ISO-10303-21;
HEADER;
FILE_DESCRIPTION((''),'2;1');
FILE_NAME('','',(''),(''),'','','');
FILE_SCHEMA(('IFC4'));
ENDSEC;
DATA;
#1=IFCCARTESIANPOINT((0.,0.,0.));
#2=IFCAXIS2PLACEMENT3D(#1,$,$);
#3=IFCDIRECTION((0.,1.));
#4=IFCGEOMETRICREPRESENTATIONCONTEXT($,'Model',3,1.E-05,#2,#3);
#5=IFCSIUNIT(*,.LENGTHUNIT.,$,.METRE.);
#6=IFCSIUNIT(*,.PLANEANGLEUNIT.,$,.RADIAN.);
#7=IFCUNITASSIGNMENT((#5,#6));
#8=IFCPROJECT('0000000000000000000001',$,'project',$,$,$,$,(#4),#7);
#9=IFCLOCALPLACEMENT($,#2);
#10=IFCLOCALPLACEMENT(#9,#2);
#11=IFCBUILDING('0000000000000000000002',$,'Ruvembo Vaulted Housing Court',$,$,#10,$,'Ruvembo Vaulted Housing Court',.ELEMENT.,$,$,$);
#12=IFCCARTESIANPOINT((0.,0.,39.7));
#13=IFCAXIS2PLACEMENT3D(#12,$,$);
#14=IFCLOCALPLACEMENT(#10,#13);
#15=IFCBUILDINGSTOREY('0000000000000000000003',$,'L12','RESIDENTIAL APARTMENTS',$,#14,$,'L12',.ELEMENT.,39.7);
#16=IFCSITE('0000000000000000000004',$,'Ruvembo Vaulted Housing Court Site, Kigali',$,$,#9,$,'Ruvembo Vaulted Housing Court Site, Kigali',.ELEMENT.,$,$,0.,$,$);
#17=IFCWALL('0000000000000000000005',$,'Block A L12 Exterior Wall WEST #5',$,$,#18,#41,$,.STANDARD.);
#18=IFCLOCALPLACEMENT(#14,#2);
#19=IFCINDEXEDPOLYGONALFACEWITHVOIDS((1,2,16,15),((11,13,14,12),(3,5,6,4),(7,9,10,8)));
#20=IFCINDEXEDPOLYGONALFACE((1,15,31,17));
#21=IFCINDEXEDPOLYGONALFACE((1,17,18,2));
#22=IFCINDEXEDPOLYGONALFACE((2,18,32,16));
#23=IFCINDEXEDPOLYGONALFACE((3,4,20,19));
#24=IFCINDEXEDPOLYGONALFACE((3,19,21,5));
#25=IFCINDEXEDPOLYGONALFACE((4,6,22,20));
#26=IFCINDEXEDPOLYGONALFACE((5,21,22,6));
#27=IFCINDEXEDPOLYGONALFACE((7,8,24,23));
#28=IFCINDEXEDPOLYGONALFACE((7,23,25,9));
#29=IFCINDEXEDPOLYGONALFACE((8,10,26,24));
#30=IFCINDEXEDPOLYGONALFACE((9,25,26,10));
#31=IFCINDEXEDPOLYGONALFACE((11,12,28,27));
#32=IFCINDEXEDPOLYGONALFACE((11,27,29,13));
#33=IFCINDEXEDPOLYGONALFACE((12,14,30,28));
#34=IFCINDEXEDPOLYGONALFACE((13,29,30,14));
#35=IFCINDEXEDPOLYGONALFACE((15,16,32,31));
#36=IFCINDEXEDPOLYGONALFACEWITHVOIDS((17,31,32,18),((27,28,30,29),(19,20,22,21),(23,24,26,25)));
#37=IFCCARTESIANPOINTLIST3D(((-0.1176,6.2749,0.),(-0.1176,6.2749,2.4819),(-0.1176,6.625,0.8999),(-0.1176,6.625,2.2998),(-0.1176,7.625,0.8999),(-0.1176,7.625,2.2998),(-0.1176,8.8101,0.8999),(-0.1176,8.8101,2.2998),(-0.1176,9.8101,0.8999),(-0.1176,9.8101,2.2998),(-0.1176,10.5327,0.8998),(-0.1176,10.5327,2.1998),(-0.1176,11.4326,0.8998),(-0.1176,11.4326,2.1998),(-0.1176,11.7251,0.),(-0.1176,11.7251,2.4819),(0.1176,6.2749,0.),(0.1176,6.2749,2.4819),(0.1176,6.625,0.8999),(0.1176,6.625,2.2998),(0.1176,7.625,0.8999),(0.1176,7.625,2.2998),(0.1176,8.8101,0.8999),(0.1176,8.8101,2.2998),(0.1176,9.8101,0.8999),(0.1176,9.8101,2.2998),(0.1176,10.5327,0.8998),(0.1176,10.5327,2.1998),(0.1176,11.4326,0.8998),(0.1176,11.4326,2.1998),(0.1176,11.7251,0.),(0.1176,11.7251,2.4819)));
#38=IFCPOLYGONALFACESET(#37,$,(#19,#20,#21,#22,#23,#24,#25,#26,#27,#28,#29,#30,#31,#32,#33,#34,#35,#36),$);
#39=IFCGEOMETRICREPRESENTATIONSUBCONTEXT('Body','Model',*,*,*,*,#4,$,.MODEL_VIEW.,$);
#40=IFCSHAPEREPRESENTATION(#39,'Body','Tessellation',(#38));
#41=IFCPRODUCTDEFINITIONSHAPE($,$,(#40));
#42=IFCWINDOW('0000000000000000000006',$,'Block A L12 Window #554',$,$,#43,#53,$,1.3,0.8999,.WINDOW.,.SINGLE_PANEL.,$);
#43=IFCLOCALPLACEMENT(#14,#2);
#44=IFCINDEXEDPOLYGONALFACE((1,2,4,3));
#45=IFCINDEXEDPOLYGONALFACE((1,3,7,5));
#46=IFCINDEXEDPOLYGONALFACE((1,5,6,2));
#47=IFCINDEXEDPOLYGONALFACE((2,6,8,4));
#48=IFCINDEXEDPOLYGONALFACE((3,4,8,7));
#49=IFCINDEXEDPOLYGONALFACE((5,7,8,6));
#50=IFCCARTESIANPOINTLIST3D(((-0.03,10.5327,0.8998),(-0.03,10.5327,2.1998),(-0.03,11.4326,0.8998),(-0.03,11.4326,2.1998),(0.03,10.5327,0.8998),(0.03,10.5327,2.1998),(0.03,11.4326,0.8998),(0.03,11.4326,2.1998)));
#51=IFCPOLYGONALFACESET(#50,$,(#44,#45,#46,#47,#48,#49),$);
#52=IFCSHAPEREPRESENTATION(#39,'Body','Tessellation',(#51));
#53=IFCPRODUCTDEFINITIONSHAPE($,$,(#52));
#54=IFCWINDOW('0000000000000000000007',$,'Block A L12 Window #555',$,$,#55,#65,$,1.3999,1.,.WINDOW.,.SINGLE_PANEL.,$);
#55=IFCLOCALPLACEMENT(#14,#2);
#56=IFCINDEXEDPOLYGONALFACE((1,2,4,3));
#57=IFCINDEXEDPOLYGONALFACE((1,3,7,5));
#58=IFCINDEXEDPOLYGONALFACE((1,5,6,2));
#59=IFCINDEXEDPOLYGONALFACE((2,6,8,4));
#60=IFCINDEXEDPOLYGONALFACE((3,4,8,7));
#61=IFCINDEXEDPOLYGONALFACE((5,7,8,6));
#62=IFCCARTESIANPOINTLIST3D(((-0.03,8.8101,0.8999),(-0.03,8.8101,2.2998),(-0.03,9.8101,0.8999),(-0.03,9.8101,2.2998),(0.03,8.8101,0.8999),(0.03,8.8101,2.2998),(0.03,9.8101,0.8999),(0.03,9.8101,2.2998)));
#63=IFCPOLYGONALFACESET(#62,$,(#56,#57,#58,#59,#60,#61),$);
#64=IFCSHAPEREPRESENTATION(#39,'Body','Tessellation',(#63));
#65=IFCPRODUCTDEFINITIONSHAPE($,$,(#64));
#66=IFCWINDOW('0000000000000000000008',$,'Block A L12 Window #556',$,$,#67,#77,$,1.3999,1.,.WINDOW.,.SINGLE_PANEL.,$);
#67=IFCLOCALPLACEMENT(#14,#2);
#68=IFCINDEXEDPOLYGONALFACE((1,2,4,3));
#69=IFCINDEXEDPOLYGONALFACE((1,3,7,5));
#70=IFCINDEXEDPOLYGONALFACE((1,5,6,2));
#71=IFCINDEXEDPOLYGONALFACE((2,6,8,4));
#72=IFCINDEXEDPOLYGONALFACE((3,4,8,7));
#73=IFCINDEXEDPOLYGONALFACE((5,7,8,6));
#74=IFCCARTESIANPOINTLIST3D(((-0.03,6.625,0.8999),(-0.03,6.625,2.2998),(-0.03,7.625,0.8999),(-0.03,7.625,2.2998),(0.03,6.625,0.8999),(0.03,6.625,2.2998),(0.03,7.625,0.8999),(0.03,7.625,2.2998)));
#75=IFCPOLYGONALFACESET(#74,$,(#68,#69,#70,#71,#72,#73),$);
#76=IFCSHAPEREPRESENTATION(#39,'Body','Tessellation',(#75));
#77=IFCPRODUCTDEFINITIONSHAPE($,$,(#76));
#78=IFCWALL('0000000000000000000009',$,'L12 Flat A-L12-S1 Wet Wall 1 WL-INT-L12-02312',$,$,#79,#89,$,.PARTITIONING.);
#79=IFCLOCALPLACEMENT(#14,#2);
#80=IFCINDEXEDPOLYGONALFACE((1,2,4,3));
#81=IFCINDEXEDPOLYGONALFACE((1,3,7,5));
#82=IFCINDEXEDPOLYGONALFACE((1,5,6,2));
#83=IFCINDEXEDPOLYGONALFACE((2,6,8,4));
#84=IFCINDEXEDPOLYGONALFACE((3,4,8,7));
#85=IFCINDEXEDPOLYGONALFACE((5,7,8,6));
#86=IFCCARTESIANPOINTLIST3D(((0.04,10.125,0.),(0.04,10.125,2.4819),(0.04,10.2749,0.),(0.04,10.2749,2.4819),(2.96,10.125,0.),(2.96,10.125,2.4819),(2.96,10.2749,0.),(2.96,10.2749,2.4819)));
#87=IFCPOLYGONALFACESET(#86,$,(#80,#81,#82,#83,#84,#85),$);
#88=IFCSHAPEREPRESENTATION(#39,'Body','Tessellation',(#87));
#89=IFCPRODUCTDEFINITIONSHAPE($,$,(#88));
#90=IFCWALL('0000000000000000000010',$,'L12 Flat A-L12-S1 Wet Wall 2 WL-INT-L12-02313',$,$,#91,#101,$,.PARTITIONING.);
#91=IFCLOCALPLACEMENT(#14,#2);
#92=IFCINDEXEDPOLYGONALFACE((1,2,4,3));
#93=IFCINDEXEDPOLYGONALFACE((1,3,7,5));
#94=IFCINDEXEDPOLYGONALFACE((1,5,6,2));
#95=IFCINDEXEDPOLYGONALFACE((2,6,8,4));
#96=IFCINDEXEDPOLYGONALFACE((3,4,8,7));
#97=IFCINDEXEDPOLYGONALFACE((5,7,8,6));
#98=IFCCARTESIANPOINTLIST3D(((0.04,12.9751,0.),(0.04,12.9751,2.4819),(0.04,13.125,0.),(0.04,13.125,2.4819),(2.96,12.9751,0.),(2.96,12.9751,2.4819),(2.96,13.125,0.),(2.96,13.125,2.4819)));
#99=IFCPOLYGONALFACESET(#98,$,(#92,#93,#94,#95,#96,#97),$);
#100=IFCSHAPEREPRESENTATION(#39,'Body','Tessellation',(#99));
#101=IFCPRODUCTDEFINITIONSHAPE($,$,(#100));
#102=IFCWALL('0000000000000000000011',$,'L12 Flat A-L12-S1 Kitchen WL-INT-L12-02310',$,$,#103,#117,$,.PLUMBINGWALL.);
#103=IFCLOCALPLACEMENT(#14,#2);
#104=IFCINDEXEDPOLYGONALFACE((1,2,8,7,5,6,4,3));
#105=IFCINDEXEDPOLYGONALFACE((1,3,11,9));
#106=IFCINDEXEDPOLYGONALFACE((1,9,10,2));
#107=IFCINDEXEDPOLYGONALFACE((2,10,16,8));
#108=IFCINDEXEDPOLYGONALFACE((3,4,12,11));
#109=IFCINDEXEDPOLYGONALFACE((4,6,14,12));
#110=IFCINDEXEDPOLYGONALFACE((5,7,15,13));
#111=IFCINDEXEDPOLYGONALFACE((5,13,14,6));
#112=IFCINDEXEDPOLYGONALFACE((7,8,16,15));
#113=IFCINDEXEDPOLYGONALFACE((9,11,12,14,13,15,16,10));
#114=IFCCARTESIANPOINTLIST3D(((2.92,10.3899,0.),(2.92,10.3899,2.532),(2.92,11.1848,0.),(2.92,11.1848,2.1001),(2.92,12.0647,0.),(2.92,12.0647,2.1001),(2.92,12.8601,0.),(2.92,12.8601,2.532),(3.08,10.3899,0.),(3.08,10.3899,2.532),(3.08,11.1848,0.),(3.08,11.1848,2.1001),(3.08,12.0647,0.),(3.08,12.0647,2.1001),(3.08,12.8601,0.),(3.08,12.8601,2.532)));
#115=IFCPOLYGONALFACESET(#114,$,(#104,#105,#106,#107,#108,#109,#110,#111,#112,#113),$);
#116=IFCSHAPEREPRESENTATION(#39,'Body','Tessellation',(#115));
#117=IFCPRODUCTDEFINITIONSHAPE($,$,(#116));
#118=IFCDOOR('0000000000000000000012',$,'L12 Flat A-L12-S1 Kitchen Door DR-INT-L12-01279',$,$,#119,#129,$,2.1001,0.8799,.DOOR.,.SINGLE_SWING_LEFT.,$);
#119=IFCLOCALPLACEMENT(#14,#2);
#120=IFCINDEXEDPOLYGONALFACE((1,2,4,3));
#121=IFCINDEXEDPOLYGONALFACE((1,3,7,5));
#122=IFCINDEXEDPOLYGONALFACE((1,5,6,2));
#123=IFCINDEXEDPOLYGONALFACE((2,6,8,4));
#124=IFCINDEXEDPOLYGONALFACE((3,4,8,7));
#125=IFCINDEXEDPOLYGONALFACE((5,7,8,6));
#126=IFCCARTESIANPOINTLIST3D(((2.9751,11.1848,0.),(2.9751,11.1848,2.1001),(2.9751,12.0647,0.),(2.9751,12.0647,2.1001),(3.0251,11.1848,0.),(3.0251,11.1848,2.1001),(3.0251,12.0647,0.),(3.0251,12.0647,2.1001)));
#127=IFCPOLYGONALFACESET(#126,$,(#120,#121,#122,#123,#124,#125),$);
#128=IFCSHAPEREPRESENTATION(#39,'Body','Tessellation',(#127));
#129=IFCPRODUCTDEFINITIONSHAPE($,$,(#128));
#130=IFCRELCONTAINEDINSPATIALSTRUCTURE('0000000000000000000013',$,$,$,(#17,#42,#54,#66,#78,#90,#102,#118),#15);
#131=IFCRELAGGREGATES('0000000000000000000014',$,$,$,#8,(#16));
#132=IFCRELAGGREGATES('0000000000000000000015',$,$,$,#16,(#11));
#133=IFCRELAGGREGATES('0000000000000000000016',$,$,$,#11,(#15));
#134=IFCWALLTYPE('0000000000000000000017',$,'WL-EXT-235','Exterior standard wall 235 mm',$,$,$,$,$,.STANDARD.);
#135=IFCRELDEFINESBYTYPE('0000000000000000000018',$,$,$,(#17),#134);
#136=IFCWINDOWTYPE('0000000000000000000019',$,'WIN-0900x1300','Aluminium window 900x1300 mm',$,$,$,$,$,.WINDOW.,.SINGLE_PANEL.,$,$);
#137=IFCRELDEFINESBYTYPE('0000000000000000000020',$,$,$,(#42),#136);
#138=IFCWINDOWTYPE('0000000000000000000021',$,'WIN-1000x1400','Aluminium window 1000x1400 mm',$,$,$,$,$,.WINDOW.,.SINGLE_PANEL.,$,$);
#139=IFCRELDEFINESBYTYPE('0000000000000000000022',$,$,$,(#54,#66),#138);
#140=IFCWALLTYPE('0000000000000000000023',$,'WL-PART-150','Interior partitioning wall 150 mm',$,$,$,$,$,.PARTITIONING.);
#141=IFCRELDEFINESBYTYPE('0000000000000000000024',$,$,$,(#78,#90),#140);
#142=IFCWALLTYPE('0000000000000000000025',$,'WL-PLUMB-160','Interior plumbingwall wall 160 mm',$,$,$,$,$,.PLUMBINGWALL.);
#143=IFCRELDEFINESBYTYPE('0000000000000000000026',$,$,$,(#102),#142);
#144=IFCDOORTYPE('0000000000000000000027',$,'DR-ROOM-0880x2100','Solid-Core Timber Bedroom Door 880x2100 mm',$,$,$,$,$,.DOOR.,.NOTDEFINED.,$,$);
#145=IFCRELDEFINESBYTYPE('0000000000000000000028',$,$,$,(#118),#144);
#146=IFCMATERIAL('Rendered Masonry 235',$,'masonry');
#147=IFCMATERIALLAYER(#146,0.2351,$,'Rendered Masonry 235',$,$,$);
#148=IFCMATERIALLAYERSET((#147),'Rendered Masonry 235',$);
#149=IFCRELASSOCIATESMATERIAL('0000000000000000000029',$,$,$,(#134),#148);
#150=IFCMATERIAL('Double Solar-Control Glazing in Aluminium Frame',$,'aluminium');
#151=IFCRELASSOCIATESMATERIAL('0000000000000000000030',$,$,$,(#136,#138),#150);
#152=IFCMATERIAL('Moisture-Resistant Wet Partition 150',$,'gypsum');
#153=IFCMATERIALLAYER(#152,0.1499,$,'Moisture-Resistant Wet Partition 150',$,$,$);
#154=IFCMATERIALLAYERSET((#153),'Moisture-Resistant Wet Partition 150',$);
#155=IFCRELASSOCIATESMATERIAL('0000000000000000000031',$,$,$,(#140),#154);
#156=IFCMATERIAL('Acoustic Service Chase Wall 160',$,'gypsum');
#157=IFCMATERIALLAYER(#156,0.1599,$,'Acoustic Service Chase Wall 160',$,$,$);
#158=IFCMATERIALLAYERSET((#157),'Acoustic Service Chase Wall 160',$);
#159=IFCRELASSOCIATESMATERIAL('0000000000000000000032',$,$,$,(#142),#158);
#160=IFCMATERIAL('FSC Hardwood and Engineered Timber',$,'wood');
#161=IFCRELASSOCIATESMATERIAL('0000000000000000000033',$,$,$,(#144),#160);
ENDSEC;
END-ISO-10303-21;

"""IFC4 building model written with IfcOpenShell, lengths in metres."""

from ifc_helpers import new_model, si_unit, direction, frame, frame_2d, origin, place, context, subcontext, project, spatial, rectangle, extrude, material, layer, layer_set, type_object, element, fill, save


model = new_model("IFC4")

# Units and contexts
model_context = context("Model", 3, precision=1e-05, world=origin(), true_north=direction((0.0, 1.0)))
body_context = subcontext(model_context, "Body", "Model", "MODEL_VIEW")
ifc_project = project(units=[si_unit("LENGTHUNIT", "METRE"), si_unit("PLANEANGLEUNIT", "RADIAN")], contexts=[model_context])

# Site, building, storey
site_placement = place(None, origin())
site = spatial("IfcSite", under=ifc_project, at=site_placement, Name="Ruvembo Vaulted Housing Court Site, Kigali", LongName="Ruvembo Vaulted Housing Court Site, Kigali", CompositionType="ELEMENT", RefElevation=0.0)
building_placement = place(site_placement, origin())
building = spatial("IfcBuilding", under=site, at=building_placement, Name="Ruvembo Vaulted Housing Court", LongName="Ruvembo Vaulted Housing Court", CompositionType="ELEMENT")
storey_placement = place(building_placement, frame((0.0, 0.0, 39.7)))
storey = spatial("IfcBuildingStorey", under=building, at=storey_placement, Name="L12", Description="RESIDENTIAL APARTMENTS", LongName="L12", CompositionType="ELEMENT", Elevation=39.7)

# Wall, openings, windows
ifc_material_1 = material(Name="Rendered Masonry 235", Category="masonry")
ifc_layer_1 = layer(ifc_material_1, 0.2351, Name="Rendered Masonry 235")
ifc_layer_set_1 = layer_set([ifc_layer_1], Name="Rendered Masonry 235")
wall_type_1 = type_object("IfcWallType", Name="WL-EXT-235", Description="Exterior standard wall 235 mm", PredefinedType="STANDARD", material=ifc_layer_set_1)
ifc_material_2 = material(Name="Double Solar-Control Glazing in Aluminium Frame", Category="aluminium")
wall_1_placement = place(storey_placement, frame((0.0, 11.7251, 0.0), z_axis=(0.0, 0.0, 1.0), x_axis=(0.0, -1.0, 0.0)))
wall_1 = element("IfcWall", 1, at=wall_1_placement, inside=storey, type_object=wall_type_1, Name="Block A L12 Exterior Wall WEST #5", PredefinedType="STANDARD", context=body_context, shape_type="SweptSolid", body=[
    extrude(rectangle(XDim=5.4502, YDim=0.2351, at=frame_2d((2.7251, 0.0))), origin(), (0.0, 0.0, 1.0), 2.4819),
])
opening_1_placement = place(wall_1_placement, frame((0.2925, 0.0, 0.8999)))
opening_1 = element("IfcOpeningElement", 2, at=opening_1_placement, cuts=wall_1, PredefinedType="OPENING", context=body_context, shape_type="SweptSolid", body=[
    extrude(rectangle(XDim=0.8999, YDim=1.3, at=frame_2d((0.45, 0.6499))), frame((0.0, 0.1274, 0.0), z_axis=(0.0, -1.0, 0.0), x_axis=(1.0, 0.0, 0.0)), (0.0, 0.0, 1.0), 0.2551),
])
opening_2_placement = place(wall_1_placement, frame((1.915, 0.0, 0.8999)))
opening_2 = element("IfcOpeningElement", 3, at=opening_2_placement, cuts=wall_1, PredefinedType="OPENING", context=body_context, shape_type="SweptSolid", body=[
    extrude(rectangle(XDim=1.0, YDim=1.3999, at=frame_2d((0.5, 0.7))), frame((0.0, 0.1274, 0.0), z_axis=(0.0, -1.0, 0.0), x_axis=(1.0, 0.0, 0.0)), (0.0, 0.0, 1.0), 0.2551),
])
opening_3_placement = place(wall_1_placement, frame((4.1001, 0.0, 0.8999)))
opening_3 = element("IfcOpeningElement", 4, at=opening_3_placement, cuts=wall_1, PredefinedType="OPENING", context=body_context, shape_type="SweptSolid", body=[
    extrude(rectangle(XDim=1.0, YDim=1.3999, at=frame_2d((0.5, 0.7))), frame((0.0, 0.1274, 0.0), z_axis=(0.0, -1.0, 0.0), x_axis=(1.0, 0.0, 0.0)), (0.0, 0.0, 1.0), 0.2551),
])
window_type_1 = type_object("IfcWindowType", Name="WIN-0900x1300", Description="Aluminium window 900x1300 mm", PartitioningType="SINGLE_PANEL", PredefinedType="WINDOW", material=ifc_material_2)
window_1_placement = place(opening_1_placement, origin())
window_1 = element("IfcWindow", 5, at=window_1_placement, inside=storey, type_object=window_type_1, Name="Block A L12 Window #554", OverallHeight=1.3, OverallWidth=0.8999, PartitioningType="SINGLE_PANEL", PredefinedType="WINDOW", context=body_context, shape_type="SweptSolid", body=[
    extrude(rectangle(XDim=0.8999, YDim=1.3, at=frame_2d((0.45, 0.6499))), frame((0.0, 0.03, 0.0), z_axis=(0.0, -1.0, 0.0), x_axis=(1.0, 0.0, 0.0)), (0.0, 0.0, 1.0), 0.0601),
])
fill(opening_1, window_1)
window_type_2 = type_object("IfcWindowType", Name="WIN-1000x1400", Description="Aluminium window 1000x1400 mm", PartitioningType="SINGLE_PANEL", PredefinedType="WINDOW", material=ifc_material_2)
window_2_placement = place(opening_2_placement, origin())
window_2 = element("IfcWindow", 6, at=window_2_placement, inside=storey, type_object=window_type_2, Name="Block A L12 Window #555", OverallHeight=1.3999, OverallWidth=1.0, PartitioningType="SINGLE_PANEL", PredefinedType="WINDOW", context=body_context, shape_type="SweptSolid", body=[
    extrude(rectangle(XDim=1.0, YDim=1.3999, at=frame_2d((0.5, 0.7))), frame((0.0, 0.03, 0.0), z_axis=(0.0, -1.0, 0.0), x_axis=(1.0, 0.0, 0.0)), (0.0, 0.0, 1.0), 0.0601),
])
fill(opening_2, window_2)
window_3_placement = place(opening_3_placement, origin())
window_3 = element("IfcWindow", 7, at=window_3_placement, inside=storey, type_object=window_type_2, Name="Block A L12 Window #556", OverallHeight=1.3999, OverallWidth=1.0, PartitioningType="SINGLE_PANEL", PredefinedType="WINDOW", context=body_context, shape_type="SweptSolid", body=[
    extrude(rectangle(XDim=1.0, YDim=1.3999, at=frame_2d((0.5, 0.7))), frame((0.0, 0.03, 0.0), z_axis=(0.0, -1.0, 0.0), x_axis=(1.0, 0.0, 0.0)), (0.0, 0.0, 1.0), 0.0601),
])
fill(opening_3, window_3)

# Walls
ifc_material_3 = material(Name="Moisture-Resistant Wet Partition 150", Category="gypsum")
ifc_layer_2 = layer(ifc_material_3, 0.1499, Name="Moisture-Resistant Wet Partition 150")
ifc_layer_set_2 = layer_set([ifc_layer_2], Name="Moisture-Resistant Wet Partition 150")
wall_type_2 = type_object("IfcWallType", Name="WL-PART-150", Description="Interior partitioning wall 150 mm", PredefinedType="PARTITIONING", material=ifc_layer_set_2)
for number, where, z_axis, x_axis, name in (
    (8, (0.04, 10.2, 0.0), (0.0, 0.0, 1.0), (1.0, 0.0, 0.0), "L12 Flat A-L12-S1 Wet Wall 1 WL-INT-L12-02312"),
    (9, (0.04, 13.05, 0.0), (0.0, 0.0, 1.0), (1.0, 0.0, 0.0), "L12 Flat A-L12-S1 Wet Wall 2 WL-INT-L12-02313"),
):
    element("IfcWall", number, at=place(storey_placement, frame(where, z_axis=z_axis, x_axis=x_axis)), inside=storey, type_object=wall_type_2, Name=name, PredefinedType="PARTITIONING", context=body_context, shape_type="SweptSolid", body=[
        extrude(rectangle(XDim=2.9199, YDim=0.1499, at=frame_2d((1.46, 0.0))), origin(), (0.0, 0.0, 1.0), 2.4819),
    ])

# Wall, opening, door
ifc_material_4 = material(Name="Acoustic Service Chase Wall 160", Category="gypsum")
ifc_layer_3 = layer(ifc_material_4, 0.1599, Name="Acoustic Service Chase Wall 160")
ifc_layer_set_3 = layer_set([ifc_layer_3], Name="Acoustic Service Chase Wall 160")
wall_type_3 = type_object("IfcWallType", Name="WL-PLUMB-160", Description="Interior plumbingwall wall 160 mm", PredefinedType="PLUMBINGWALL", material=ifc_layer_set_3)
wall_2_placement = place(storey_placement, frame((3.0, 10.3899, 0.0), z_axis=(0.0, 0.0, 1.0), x_axis=(0.0, 1.0, 0.0)))
wall_2 = element("IfcWall", 10, at=wall_2_placement, inside=storey, type_object=wall_type_3, Name="L12 Flat A-L12-S1 Kitchen WL-INT-L12-02310", PredefinedType="PLUMBINGWALL", context=body_context, shape_type="SweptSolid", body=[
    extrude(rectangle(XDim=2.4702, YDim=0.1599, at=frame_2d((1.2351, 0.0))), origin(), (0.0, 0.0, 1.0), 2.532),
])
opening_4_placement = place(wall_2_placement, frame((0.7949, 0.0, 0.0)))
opening_4 = element("IfcOpeningElement", 11, at=opening_4_placement, cuts=wall_2, PredefinedType="OPENING", context=body_context, shape_type="SweptSolid", body=[
    extrude(rectangle(XDim=0.8799, YDim=2.1001, at=frame_2d((0.4399, 1.05))), frame((0.0, 0.0898, 0.0), z_axis=(0.0, -1.0, 0.0), x_axis=(1.0, 0.0, 0.0)), (0.0, 0.0, 1.0), 0.1799),
])
ifc_material_5 = material(Name="FSC Hardwood and Engineered Timber", Category="wood")
door_type = type_object("IfcDoorType", Name="DR-ROOM-0880x2100", Description="Solid-Core Timber Bedroom Door 880x2100 mm", OperationType="NOTDEFINED", PredefinedType="DOOR", material=ifc_material_5)
door_placement = place(opening_4_placement, origin())
door = element("IfcDoor", 12, at=door_placement, inside=storey, type_object=door_type, Name="L12 Flat A-L12-S1 Kitchen Door DR-INT-L12-01279", OperationType="SINGLE_SWING_LEFT", OverallHeight=2.1001, OverallWidth=0.8799, PredefinedType="DOOR", context=body_context, shape_type="SweptSolid", body=[
    extrude(rectangle(XDim=0.8799, YDim=2.1001, at=frame_2d((0.4399, 1.05))), frame((0.0, 0.0249, 0.0), z_axis=(0.0, -1.0, 0.0), x_axis=(1.0, 0.0, 0.0)), (0.0, 0.0, 1.0), 0.05),
])
fill(opening_4, door)

save(model, "model.ifc")
